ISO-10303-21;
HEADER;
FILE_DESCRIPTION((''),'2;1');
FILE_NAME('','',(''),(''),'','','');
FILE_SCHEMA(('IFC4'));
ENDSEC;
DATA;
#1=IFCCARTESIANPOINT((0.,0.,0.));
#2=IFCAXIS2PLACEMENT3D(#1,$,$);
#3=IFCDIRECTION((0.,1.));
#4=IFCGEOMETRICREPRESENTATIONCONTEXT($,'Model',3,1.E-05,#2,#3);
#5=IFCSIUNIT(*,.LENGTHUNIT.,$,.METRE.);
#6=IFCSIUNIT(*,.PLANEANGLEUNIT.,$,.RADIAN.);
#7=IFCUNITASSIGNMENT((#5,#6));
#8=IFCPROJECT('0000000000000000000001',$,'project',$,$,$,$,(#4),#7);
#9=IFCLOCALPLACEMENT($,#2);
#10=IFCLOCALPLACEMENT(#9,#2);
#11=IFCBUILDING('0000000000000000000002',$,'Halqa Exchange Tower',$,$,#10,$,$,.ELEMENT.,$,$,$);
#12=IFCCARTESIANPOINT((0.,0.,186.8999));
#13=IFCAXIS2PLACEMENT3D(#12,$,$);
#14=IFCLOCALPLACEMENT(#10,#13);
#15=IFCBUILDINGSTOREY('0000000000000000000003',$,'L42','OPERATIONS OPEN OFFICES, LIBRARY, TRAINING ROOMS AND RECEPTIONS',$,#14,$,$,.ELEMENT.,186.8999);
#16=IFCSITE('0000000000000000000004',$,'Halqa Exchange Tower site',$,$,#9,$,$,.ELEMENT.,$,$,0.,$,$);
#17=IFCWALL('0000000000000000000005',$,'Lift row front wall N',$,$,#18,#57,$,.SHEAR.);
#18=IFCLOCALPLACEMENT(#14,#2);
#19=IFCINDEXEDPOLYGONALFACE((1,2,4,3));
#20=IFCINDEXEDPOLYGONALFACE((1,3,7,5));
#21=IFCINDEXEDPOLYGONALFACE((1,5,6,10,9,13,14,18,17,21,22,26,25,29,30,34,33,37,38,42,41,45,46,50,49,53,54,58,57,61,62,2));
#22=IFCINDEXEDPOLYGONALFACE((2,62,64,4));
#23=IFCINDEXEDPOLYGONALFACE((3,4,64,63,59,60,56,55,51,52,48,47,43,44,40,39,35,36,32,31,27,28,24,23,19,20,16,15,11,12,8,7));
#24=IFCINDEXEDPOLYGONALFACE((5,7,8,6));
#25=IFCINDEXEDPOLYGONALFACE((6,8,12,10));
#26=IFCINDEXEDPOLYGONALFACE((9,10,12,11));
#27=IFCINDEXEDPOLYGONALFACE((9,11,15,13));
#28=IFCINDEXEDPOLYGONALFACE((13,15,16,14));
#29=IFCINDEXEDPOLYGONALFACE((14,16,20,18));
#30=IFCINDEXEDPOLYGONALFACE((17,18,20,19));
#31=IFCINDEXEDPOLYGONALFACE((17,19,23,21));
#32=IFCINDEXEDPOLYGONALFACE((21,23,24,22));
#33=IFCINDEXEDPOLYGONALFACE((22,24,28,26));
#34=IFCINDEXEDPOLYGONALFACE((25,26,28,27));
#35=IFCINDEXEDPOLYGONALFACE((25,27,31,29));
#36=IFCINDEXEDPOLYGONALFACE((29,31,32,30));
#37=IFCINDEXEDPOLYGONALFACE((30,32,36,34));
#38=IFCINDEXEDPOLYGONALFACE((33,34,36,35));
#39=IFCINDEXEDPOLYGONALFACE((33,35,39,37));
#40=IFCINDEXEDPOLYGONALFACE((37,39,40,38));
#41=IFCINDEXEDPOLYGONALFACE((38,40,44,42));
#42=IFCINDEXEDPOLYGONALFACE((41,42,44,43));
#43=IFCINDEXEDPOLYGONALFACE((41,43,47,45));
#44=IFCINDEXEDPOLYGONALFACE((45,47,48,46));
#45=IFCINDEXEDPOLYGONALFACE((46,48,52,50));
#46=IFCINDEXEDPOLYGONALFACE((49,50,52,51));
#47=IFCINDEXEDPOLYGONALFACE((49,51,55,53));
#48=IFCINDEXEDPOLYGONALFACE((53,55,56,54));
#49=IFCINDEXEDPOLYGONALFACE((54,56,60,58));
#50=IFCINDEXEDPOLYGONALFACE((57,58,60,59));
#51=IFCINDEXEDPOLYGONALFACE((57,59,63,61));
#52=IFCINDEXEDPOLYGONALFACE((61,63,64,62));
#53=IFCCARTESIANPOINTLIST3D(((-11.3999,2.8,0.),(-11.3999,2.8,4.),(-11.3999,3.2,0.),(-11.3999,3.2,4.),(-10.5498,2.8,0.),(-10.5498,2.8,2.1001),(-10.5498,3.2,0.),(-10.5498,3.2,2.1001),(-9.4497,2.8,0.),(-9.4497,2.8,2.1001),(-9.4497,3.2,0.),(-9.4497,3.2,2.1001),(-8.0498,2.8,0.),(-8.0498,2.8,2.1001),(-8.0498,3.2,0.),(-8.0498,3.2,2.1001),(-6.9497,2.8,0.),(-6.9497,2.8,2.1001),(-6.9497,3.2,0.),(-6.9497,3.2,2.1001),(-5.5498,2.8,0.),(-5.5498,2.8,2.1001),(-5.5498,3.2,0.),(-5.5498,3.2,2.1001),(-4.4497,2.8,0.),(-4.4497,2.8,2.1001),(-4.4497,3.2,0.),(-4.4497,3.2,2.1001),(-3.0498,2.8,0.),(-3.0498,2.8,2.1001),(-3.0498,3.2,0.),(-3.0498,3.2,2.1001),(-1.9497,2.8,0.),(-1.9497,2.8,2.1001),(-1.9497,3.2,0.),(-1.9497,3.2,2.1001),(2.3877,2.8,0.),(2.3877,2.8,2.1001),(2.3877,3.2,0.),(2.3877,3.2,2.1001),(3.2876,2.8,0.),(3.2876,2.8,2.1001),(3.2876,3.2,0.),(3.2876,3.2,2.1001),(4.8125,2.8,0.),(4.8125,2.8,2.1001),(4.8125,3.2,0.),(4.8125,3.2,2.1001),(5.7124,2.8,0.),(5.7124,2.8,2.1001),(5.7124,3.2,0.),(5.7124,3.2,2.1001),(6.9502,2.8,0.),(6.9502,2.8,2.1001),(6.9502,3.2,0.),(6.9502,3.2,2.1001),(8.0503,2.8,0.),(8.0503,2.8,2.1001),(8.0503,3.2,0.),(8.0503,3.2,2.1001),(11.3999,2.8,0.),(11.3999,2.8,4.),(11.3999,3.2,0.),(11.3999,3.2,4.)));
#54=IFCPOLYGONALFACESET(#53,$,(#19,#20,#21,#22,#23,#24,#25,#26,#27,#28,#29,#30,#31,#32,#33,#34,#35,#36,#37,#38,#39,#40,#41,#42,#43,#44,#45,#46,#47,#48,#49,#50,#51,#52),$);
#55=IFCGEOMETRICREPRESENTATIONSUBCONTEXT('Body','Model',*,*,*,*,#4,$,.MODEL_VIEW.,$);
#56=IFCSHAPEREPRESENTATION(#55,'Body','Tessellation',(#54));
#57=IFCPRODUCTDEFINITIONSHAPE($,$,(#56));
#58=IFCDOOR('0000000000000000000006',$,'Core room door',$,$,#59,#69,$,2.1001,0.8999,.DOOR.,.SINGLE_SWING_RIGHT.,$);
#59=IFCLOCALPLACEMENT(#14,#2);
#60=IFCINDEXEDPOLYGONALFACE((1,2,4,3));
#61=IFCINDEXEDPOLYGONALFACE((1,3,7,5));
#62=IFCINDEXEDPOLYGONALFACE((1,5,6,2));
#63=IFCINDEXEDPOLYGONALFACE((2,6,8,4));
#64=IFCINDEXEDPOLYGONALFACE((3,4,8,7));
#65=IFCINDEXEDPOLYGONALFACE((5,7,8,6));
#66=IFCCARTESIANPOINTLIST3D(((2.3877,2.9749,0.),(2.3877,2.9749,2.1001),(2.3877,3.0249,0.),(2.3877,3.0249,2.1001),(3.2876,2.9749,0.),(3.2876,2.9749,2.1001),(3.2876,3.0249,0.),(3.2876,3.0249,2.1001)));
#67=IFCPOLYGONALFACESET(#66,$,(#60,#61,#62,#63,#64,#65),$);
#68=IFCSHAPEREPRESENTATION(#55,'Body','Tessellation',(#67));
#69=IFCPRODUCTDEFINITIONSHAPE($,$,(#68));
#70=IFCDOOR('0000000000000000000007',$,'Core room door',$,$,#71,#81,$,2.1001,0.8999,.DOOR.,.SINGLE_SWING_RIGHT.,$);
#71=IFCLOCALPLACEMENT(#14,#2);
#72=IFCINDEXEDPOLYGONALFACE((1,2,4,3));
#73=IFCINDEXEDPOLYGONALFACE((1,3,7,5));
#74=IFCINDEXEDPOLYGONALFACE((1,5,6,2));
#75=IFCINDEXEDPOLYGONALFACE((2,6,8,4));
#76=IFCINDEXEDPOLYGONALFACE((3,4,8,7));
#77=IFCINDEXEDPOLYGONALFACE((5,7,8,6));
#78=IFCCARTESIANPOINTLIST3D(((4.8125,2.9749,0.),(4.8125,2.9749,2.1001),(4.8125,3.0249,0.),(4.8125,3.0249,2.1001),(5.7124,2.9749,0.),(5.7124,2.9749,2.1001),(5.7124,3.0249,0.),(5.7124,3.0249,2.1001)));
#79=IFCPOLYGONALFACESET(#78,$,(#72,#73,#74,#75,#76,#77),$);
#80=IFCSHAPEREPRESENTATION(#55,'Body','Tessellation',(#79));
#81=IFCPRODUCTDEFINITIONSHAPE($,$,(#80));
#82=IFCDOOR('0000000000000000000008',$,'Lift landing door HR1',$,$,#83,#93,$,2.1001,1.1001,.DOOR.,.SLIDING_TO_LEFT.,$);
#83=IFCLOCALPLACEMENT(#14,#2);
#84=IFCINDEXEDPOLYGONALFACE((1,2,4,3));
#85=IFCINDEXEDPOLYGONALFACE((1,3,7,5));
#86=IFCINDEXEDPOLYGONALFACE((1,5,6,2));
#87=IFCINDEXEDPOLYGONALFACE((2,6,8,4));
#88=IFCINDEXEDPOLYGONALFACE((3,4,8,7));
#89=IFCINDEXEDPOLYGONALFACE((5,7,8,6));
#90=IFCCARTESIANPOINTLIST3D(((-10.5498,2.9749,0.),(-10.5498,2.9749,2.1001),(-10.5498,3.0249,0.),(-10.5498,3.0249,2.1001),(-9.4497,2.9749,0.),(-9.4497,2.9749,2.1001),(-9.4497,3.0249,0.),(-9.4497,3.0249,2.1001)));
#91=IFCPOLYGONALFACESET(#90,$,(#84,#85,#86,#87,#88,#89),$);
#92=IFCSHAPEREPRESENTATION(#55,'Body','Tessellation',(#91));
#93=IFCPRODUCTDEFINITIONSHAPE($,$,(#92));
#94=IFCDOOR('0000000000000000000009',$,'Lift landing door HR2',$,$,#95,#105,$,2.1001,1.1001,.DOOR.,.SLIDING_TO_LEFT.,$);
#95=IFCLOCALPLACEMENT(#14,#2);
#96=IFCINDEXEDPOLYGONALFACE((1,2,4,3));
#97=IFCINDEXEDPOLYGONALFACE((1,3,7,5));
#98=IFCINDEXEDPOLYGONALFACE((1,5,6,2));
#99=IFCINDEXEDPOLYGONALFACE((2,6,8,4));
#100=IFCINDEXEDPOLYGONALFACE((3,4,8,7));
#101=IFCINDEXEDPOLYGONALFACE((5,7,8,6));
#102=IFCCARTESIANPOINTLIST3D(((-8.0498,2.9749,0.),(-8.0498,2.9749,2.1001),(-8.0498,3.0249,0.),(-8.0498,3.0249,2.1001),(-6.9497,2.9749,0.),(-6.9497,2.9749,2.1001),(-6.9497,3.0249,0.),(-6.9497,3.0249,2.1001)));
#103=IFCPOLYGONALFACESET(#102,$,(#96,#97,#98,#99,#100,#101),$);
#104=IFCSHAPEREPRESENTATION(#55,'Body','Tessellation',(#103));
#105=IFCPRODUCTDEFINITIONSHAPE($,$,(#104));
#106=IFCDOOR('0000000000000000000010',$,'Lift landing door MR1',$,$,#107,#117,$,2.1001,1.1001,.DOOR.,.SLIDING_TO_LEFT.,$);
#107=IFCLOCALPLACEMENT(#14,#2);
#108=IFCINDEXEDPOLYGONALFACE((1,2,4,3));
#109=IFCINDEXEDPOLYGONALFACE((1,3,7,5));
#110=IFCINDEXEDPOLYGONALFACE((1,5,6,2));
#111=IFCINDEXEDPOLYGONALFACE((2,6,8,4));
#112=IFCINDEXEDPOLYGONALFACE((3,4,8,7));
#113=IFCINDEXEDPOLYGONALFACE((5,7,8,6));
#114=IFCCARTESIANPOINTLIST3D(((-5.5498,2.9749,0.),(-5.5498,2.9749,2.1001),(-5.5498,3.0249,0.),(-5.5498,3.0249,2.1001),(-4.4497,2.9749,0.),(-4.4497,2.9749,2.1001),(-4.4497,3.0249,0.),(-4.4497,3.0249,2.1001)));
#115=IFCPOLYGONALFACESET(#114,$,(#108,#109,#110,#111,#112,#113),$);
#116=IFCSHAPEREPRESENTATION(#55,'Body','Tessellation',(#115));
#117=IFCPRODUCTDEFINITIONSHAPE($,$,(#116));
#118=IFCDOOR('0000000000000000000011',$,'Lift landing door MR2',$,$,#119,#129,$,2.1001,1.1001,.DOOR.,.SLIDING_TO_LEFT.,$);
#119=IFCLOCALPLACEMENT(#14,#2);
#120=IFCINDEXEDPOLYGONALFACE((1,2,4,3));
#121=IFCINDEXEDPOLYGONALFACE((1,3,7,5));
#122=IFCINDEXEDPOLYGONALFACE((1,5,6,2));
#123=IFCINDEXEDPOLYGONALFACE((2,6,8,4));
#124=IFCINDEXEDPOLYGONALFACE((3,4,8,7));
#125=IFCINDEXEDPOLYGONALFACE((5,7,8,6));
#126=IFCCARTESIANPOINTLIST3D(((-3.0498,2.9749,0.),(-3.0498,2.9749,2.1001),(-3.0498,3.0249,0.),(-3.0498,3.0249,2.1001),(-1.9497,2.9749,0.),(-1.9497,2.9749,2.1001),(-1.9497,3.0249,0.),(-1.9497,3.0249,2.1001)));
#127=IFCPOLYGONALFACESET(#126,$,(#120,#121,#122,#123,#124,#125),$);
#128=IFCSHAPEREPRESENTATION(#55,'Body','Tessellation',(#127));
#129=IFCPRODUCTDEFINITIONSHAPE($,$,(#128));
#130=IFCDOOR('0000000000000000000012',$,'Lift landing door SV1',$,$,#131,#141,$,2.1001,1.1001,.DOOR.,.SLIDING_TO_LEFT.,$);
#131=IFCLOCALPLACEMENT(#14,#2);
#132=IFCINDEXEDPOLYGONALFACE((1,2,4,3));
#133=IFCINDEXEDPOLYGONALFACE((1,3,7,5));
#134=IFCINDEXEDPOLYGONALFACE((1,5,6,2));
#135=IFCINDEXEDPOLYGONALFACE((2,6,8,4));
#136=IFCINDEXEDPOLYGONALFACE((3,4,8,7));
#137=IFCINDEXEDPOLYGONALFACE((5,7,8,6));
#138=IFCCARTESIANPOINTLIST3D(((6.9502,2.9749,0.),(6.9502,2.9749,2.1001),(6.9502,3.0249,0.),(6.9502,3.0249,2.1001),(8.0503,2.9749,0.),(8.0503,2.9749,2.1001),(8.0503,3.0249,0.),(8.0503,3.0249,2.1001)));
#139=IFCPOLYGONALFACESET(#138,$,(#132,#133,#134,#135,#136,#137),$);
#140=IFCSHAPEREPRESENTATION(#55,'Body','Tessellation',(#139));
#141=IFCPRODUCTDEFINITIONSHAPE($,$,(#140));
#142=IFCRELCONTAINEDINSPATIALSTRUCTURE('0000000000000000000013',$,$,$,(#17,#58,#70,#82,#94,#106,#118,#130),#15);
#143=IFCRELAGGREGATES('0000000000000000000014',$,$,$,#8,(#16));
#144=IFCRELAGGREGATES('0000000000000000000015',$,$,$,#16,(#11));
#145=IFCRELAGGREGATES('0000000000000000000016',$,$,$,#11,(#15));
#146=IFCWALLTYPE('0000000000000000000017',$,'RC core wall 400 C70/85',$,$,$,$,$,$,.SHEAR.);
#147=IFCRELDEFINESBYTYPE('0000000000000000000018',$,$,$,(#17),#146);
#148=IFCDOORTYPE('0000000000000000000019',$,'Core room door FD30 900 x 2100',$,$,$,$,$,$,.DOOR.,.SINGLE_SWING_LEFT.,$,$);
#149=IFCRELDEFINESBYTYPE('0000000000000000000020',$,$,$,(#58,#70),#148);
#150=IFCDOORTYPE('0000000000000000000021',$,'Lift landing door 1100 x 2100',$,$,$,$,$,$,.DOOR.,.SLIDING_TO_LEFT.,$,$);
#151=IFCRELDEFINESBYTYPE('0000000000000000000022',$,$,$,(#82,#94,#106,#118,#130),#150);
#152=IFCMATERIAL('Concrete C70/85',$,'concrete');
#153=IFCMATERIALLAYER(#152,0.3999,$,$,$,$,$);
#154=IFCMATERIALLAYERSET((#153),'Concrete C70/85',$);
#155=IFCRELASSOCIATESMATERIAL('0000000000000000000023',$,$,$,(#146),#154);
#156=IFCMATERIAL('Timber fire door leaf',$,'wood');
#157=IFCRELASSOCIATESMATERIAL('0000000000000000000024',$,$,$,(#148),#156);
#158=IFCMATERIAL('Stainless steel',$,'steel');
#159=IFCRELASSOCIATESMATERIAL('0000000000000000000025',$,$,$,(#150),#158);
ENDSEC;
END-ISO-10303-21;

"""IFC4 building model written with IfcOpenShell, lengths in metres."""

from ifc_helpers import new_model, si_unit, direction, frame, frame_2d, origin, place, context, subcontext, project, spatial, rectangle, extrude, material, layer, layer_set, type_object, element, fill, save


model = new_model("IFC4")

# Units and contexts
model_context = context("Model", 3, precision=1e-05, world=origin(), true_north=direction((0.0, 1.0)))
body_context = subcontext(model_context, "Body", "Model", "MODEL_VIEW")
ifc_project = project(units=[si_unit("LENGTHUNIT", "METRE"), si_unit("PLANEANGLEUNIT", "RADIAN")], contexts=[model_context])

# Site, building, storey
site_placement = place(None, origin())
site = spatial("IfcSite", under=ifc_project, at=site_placement, Name="Halqa Exchange Tower site", CompositionType="ELEMENT", RefElevation=0.0)
building_placement = place(site_placement, origin())
building = spatial("IfcBuilding", under=site, at=building_placement, Name="Halqa Exchange Tower", CompositionType="ELEMENT")
storey_placement = place(building_placement, frame((0.0, 0.0, 186.8999)))
storey = spatial("IfcBuildingStorey", under=building, at=storey_placement, Name="L42", Description="OPERATIONS OPEN OFFICES, LIBRARY, TRAINING ROOMS AND RECEPTIONS", CompositionType="ELEMENT", Elevation=186.8999)

# Wall, openings, doors
ifc_material_1 = material(Name="Concrete C70/85", Category="concrete")
ifc_layer_1 = layer(ifc_material_1, 0.3999)
ifc_layer_set_1 = layer_set([ifc_layer_1], Name="Concrete C70/85")
wall_type_1 = type_object("IfcWallType", Name="RC core wall 400 C70/85", PredefinedType="SHEAR", material=ifc_layer_set_1)
wall_1_placement = place(storey_placement, frame((-11.3999, 3.0, 0.0), z_axis=(0.0, 0.0, 1.0), x_axis=(1.0, 0.0, 0.0)))
wall_1 = element("IfcWall", 1, at=wall_1_placement, inside=storey, type_object=wall_type_1, Name="Lift row front wall N", PredefinedType="SHEAR", context=body_context, shape_type="SweptSolid", body=[
    extrude(rectangle(XDim=22.7998, YDim=0.3999, at=frame_2d((11.3999, 0.0))), origin(), (0.0, 0.0, 1.0), 4.0),
])
opening_1_placement = place(wall_1_placement, frame((0.8501, 0.0, 0.0)))
opening_1 = element("IfcOpeningElement", 2, at=opening_1_placement, cuts=wall_1, PredefinedType="OPENING", context=body_context, shape_type="SweptSolid", body=[
    extrude(rectangle(XDim=1.1001, YDim=2.1001, at=frame_2d((0.55, 1.05))), frame((0.0, 0.2119, 0.0), z_axis=(0.0, -1.0, 0.0), x_axis=(1.0, 0.0, 0.0)), (0.0, 0.0, 1.0), 0.4238),
])
opening_2_placement = place(wall_1_placement, frame((3.3501, 0.0, 0.0)))
opening_2 = element("IfcOpeningElement", 3, at=opening_2_placement, cuts=wall_1, PredefinedType="OPENING", context=body_context, shape_type="SweptSolid", body=[
    extrude(rectangle(XDim=1.1001, YDim=2.1001, at=frame_2d((0.55, 1.05))), frame((0.0, 0.2119, 0.0), z_axis=(0.0, -1.0, 0.0), x_axis=(1.0, 0.0, 0.0)), (0.0, 0.0, 1.0), 0.4238),
])
opening_3_placement = place(wall_1_placement, frame((5.8501, 0.0, 0.0)))
opening_3 = element("IfcOpeningElement", 4, at=opening_3_placement, cuts=wall_1, PredefinedType="OPENING", context=body_context, shape_type="SweptSolid", body=[
    extrude(rectangle(XDim=1.1001, YDim=2.1001, at=frame_2d((0.55, 1.05))), frame((0.0, 0.2119, 0.0), z_axis=(0.0, -1.0, 0.0), x_axis=(1.0, 0.0, 0.0)), (0.0, 0.0, 1.0), 0.4238),
])
opening_4_placement = place(wall_1_placement, frame((8.3501, 0.0, 0.0)))
opening_4 = element("IfcOpeningElement", 5, at=opening_4_placement, cuts=wall_1, PredefinedType="OPENING", context=body_context, shape_type="SweptSolid", body=[
    extrude(rectangle(XDim=1.1001, YDim=2.1001, at=frame_2d((0.55, 1.05))), frame((0.0, 0.2119, 0.0), z_axis=(0.0, -1.0, 0.0), x_axis=(1.0, 0.0, 0.0)), (0.0, 0.0, 1.0), 0.4238),
])
opening_5_placement = place(wall_1_placement, frame((18.3501, 0.0, 0.0)))
opening_5 = element("IfcOpeningElement", 6, at=opening_5_placement, cuts=wall_1, PredefinedType="OPENING", context=body_context, shape_type="SweptSolid", body=[
    extrude(rectangle(XDim=1.1001, YDim=2.1001, at=frame_2d((0.55, 1.05))), frame((0.0, 0.2119, 0.0), z_axis=(0.0, -1.0, 0.0), x_axis=(1.0, 0.0, 0.0)), (0.0, 0.0, 1.0), 0.4238),
])
opening_6_placement = place(wall_1_placement, frame((13.7876, 0.0, 0.0)))
opening_6 = element("IfcOpeningElement", 7, at=opening_6_placement, cuts=wall_1, PredefinedType="OPENING", context=body_context, shape_type="SweptSolid", body=[
    extrude(rectangle(XDim=0.8999, YDim=2.1001, at=frame_2d((0.45, 1.05))), frame((0.0, 0.2119, 0.0), z_axis=(0.0, -1.0, 0.0), x_axis=(1.0, 0.0, 0.0)), (0.0, 0.0, 1.0), 0.4238),
])
opening_7_placement = place(wall_1_placement, frame((16.2124, 0.0, 0.0)))
opening_7 = element("IfcOpeningElement", 8, at=opening_7_placement, cuts=wall_1, PredefinedType="OPENING", context=body_context, shape_type="SweptSolid", body=[
    extrude(rectangle(XDim=0.8999, YDim=2.1001, at=frame_2d((0.45, 1.05))), frame((0.0, 0.2119, 0.0), z_axis=(0.0, -1.0, 0.0), x_axis=(1.0, 0.0, 0.0)), (0.0, 0.0, 1.0), 0.4238),
])
ifc_material_2 = material(Name="Timber fire door leaf", Category="wood")
door_type_1 = type_object("IfcDoorType", Name="Core room door FD30 900 x 2100", OperationType="SINGLE_SWING_LEFT", PredefinedType="DOOR", material=ifc_material_2)
door_1_placement = place(opening_6_placement, origin())
door_1 = element("IfcDoor", 9, at=door_1_placement, inside=storey, type_object=door_type_1, Name="Core room door", OperationType="SINGLE_SWING_RIGHT", OverallHeight=2.1001, OverallWidth=0.8999, PredefinedType="DOOR", context=body_context, shape_type="SweptSolid", body=[
    extrude(rectangle(XDim=0.8999, YDim=2.1001, at=frame_2d((0.45, 1.05))), frame((0.0, 0.0249, 0.0), z_axis=(0.0, -1.0, 0.0), x_axis=(1.0, 0.0, 0.0)), (0.0, 0.0, 1.0), 0.05),
])
fill(opening_6, door_1)
door_2_placement = place(opening_7_placement, origin())
door_2 = element("IfcDoor", 10, at=door_2_placement, inside=storey, type_object=door_type_1, Name="Core room door", OperationType="SINGLE_SWING_RIGHT", OverallHeight=2.1001, OverallWidth=0.8999, PredefinedType="DOOR", context=body_context, shape_type="SweptSolid", body=[
    extrude(rectangle(XDim=0.8999, YDim=2.1001, at=frame_2d((0.45, 1.05))), frame((0.0, 0.0249, 0.0), z_axis=(0.0, -1.0, 0.0), x_axis=(1.0, 0.0, 0.0)), (0.0, 0.0, 1.0), 0.05),
])
fill(opening_7, door_2)
ifc_material_3 = material(Name="Stainless steel", Category="steel")
door_type_2 = type_object("IfcDoorType", Name="Lift landing door 1100 x 2100", OperationType="SLIDING_TO_LEFT", PredefinedType="DOOR", material=ifc_material_3)
door_3_placement = place(opening_1_placement, origin())
door_3 = element("IfcDoor", 11, at=door_3_placement, inside=storey, type_object=door_type_2, Name="Lift landing door HR1", OperationType="SLIDING_TO_LEFT", OverallHeight=2.1001, OverallWidth=1.1001, PredefinedType="DOOR", context=body_context, shape_type="SweptSolid", body=[
    extrude(rectangle(XDim=1.1001, YDim=2.1001, at=frame_2d((0.55, 1.05))), frame((0.0, 0.0249, 0.0), z_axis=(0.0, -1.0, 0.0), x_axis=(1.0, 0.0, 0.0)), (0.0, 0.0, 1.0), 0.05),
])
fill(opening_1, door_3)
door_4_placement = place(opening_2_placement, origin())
door_4 = element("IfcDoor", 12, at=door_4_placement, inside=storey, type_object=door_type_2, Name="Lift landing door HR2", OperationType="SLIDING_TO_LEFT", OverallHeight=2.1001, OverallWidth=1.1001, PredefinedType="DOOR", context=body_context, shape_type="SweptSolid", body=[
    extrude(rectangle(XDim=1.1001, YDim=2.1001, at=frame_2d((0.55, 1.05))), frame((0.0, 0.0249, 0.0), z_axis=(0.0, -1.0, 0.0), x_axis=(1.0, 0.0, 0.0)), (0.0, 0.0, 1.0), 0.05),
])
fill(opening_2, door_4)
door_5_placement = place(opening_3_placement, origin())
door_5 = element("IfcDoor", 13, at=door_5_placement, inside=storey, type_object=door_type_2, Name="Lift landing door MR1", OperationType="SLIDING_TO_LEFT", OverallHeight=2.1001, OverallWidth=1.1001, PredefinedType="DOOR", context=body_context, shape_type="SweptSolid", body=[
    extrude(rectangle(XDim=1.1001, YDim=2.1001, at=frame_2d((0.55, 1.05))), frame((0.0, 0.0249, 0.0), z_axis=(0.0, -1.0, 0.0), x_axis=(1.0, 0.0, 0.0)), (0.0, 0.0, 1.0), 0.05),
])
fill(opening_3, door_5)
door_6_placement = place(opening_4_placement, origin())
door_6 = element("IfcDoor", 14, at=door_6_placement, inside=storey, type_object=door_type_2, Name="Lift landing door MR2", OperationType="SLIDING_TO_LEFT", OverallHeight=2.1001, OverallWidth=1.1001, PredefinedType="DOOR", context=body_context, shape_type="SweptSolid", body=[
    extrude(rectangle(XDim=1.1001, YDim=2.1001, at=frame_2d((0.55, 1.05))), frame((0.0, 0.0249, 0.0), z_axis=(0.0, -1.0, 0.0), x_axis=(1.0, 0.0, 0.0)), (0.0, 0.0, 1.0), 0.05),
])
fill(opening_4, door_6)
door_7_placement = place(opening_5_placement, origin())
door_7 = element("IfcDoor", 15, at=door_7_placement, inside=storey, type_object=door_type_2, Name="Lift landing door SV1", OperationType="SLIDING_TO_LEFT", OverallHeight=2.1001, OverallWidth=1.1001, PredefinedType="DOOR", context=body_context, shape_type="SweptSolid", body=[
    extrude(rectangle(XDim=1.1001, YDim=2.1001, at=frame_2d((0.55, 1.05))), frame((0.0, 0.0249, 0.0), z_axis=(0.0, -1.0, 0.0), x_axis=(1.0, 0.0, 0.0)), (0.0, 0.0, 1.0), 0.05),
])
fill(opening_5, door_7)

save(model, "model.ifc")
